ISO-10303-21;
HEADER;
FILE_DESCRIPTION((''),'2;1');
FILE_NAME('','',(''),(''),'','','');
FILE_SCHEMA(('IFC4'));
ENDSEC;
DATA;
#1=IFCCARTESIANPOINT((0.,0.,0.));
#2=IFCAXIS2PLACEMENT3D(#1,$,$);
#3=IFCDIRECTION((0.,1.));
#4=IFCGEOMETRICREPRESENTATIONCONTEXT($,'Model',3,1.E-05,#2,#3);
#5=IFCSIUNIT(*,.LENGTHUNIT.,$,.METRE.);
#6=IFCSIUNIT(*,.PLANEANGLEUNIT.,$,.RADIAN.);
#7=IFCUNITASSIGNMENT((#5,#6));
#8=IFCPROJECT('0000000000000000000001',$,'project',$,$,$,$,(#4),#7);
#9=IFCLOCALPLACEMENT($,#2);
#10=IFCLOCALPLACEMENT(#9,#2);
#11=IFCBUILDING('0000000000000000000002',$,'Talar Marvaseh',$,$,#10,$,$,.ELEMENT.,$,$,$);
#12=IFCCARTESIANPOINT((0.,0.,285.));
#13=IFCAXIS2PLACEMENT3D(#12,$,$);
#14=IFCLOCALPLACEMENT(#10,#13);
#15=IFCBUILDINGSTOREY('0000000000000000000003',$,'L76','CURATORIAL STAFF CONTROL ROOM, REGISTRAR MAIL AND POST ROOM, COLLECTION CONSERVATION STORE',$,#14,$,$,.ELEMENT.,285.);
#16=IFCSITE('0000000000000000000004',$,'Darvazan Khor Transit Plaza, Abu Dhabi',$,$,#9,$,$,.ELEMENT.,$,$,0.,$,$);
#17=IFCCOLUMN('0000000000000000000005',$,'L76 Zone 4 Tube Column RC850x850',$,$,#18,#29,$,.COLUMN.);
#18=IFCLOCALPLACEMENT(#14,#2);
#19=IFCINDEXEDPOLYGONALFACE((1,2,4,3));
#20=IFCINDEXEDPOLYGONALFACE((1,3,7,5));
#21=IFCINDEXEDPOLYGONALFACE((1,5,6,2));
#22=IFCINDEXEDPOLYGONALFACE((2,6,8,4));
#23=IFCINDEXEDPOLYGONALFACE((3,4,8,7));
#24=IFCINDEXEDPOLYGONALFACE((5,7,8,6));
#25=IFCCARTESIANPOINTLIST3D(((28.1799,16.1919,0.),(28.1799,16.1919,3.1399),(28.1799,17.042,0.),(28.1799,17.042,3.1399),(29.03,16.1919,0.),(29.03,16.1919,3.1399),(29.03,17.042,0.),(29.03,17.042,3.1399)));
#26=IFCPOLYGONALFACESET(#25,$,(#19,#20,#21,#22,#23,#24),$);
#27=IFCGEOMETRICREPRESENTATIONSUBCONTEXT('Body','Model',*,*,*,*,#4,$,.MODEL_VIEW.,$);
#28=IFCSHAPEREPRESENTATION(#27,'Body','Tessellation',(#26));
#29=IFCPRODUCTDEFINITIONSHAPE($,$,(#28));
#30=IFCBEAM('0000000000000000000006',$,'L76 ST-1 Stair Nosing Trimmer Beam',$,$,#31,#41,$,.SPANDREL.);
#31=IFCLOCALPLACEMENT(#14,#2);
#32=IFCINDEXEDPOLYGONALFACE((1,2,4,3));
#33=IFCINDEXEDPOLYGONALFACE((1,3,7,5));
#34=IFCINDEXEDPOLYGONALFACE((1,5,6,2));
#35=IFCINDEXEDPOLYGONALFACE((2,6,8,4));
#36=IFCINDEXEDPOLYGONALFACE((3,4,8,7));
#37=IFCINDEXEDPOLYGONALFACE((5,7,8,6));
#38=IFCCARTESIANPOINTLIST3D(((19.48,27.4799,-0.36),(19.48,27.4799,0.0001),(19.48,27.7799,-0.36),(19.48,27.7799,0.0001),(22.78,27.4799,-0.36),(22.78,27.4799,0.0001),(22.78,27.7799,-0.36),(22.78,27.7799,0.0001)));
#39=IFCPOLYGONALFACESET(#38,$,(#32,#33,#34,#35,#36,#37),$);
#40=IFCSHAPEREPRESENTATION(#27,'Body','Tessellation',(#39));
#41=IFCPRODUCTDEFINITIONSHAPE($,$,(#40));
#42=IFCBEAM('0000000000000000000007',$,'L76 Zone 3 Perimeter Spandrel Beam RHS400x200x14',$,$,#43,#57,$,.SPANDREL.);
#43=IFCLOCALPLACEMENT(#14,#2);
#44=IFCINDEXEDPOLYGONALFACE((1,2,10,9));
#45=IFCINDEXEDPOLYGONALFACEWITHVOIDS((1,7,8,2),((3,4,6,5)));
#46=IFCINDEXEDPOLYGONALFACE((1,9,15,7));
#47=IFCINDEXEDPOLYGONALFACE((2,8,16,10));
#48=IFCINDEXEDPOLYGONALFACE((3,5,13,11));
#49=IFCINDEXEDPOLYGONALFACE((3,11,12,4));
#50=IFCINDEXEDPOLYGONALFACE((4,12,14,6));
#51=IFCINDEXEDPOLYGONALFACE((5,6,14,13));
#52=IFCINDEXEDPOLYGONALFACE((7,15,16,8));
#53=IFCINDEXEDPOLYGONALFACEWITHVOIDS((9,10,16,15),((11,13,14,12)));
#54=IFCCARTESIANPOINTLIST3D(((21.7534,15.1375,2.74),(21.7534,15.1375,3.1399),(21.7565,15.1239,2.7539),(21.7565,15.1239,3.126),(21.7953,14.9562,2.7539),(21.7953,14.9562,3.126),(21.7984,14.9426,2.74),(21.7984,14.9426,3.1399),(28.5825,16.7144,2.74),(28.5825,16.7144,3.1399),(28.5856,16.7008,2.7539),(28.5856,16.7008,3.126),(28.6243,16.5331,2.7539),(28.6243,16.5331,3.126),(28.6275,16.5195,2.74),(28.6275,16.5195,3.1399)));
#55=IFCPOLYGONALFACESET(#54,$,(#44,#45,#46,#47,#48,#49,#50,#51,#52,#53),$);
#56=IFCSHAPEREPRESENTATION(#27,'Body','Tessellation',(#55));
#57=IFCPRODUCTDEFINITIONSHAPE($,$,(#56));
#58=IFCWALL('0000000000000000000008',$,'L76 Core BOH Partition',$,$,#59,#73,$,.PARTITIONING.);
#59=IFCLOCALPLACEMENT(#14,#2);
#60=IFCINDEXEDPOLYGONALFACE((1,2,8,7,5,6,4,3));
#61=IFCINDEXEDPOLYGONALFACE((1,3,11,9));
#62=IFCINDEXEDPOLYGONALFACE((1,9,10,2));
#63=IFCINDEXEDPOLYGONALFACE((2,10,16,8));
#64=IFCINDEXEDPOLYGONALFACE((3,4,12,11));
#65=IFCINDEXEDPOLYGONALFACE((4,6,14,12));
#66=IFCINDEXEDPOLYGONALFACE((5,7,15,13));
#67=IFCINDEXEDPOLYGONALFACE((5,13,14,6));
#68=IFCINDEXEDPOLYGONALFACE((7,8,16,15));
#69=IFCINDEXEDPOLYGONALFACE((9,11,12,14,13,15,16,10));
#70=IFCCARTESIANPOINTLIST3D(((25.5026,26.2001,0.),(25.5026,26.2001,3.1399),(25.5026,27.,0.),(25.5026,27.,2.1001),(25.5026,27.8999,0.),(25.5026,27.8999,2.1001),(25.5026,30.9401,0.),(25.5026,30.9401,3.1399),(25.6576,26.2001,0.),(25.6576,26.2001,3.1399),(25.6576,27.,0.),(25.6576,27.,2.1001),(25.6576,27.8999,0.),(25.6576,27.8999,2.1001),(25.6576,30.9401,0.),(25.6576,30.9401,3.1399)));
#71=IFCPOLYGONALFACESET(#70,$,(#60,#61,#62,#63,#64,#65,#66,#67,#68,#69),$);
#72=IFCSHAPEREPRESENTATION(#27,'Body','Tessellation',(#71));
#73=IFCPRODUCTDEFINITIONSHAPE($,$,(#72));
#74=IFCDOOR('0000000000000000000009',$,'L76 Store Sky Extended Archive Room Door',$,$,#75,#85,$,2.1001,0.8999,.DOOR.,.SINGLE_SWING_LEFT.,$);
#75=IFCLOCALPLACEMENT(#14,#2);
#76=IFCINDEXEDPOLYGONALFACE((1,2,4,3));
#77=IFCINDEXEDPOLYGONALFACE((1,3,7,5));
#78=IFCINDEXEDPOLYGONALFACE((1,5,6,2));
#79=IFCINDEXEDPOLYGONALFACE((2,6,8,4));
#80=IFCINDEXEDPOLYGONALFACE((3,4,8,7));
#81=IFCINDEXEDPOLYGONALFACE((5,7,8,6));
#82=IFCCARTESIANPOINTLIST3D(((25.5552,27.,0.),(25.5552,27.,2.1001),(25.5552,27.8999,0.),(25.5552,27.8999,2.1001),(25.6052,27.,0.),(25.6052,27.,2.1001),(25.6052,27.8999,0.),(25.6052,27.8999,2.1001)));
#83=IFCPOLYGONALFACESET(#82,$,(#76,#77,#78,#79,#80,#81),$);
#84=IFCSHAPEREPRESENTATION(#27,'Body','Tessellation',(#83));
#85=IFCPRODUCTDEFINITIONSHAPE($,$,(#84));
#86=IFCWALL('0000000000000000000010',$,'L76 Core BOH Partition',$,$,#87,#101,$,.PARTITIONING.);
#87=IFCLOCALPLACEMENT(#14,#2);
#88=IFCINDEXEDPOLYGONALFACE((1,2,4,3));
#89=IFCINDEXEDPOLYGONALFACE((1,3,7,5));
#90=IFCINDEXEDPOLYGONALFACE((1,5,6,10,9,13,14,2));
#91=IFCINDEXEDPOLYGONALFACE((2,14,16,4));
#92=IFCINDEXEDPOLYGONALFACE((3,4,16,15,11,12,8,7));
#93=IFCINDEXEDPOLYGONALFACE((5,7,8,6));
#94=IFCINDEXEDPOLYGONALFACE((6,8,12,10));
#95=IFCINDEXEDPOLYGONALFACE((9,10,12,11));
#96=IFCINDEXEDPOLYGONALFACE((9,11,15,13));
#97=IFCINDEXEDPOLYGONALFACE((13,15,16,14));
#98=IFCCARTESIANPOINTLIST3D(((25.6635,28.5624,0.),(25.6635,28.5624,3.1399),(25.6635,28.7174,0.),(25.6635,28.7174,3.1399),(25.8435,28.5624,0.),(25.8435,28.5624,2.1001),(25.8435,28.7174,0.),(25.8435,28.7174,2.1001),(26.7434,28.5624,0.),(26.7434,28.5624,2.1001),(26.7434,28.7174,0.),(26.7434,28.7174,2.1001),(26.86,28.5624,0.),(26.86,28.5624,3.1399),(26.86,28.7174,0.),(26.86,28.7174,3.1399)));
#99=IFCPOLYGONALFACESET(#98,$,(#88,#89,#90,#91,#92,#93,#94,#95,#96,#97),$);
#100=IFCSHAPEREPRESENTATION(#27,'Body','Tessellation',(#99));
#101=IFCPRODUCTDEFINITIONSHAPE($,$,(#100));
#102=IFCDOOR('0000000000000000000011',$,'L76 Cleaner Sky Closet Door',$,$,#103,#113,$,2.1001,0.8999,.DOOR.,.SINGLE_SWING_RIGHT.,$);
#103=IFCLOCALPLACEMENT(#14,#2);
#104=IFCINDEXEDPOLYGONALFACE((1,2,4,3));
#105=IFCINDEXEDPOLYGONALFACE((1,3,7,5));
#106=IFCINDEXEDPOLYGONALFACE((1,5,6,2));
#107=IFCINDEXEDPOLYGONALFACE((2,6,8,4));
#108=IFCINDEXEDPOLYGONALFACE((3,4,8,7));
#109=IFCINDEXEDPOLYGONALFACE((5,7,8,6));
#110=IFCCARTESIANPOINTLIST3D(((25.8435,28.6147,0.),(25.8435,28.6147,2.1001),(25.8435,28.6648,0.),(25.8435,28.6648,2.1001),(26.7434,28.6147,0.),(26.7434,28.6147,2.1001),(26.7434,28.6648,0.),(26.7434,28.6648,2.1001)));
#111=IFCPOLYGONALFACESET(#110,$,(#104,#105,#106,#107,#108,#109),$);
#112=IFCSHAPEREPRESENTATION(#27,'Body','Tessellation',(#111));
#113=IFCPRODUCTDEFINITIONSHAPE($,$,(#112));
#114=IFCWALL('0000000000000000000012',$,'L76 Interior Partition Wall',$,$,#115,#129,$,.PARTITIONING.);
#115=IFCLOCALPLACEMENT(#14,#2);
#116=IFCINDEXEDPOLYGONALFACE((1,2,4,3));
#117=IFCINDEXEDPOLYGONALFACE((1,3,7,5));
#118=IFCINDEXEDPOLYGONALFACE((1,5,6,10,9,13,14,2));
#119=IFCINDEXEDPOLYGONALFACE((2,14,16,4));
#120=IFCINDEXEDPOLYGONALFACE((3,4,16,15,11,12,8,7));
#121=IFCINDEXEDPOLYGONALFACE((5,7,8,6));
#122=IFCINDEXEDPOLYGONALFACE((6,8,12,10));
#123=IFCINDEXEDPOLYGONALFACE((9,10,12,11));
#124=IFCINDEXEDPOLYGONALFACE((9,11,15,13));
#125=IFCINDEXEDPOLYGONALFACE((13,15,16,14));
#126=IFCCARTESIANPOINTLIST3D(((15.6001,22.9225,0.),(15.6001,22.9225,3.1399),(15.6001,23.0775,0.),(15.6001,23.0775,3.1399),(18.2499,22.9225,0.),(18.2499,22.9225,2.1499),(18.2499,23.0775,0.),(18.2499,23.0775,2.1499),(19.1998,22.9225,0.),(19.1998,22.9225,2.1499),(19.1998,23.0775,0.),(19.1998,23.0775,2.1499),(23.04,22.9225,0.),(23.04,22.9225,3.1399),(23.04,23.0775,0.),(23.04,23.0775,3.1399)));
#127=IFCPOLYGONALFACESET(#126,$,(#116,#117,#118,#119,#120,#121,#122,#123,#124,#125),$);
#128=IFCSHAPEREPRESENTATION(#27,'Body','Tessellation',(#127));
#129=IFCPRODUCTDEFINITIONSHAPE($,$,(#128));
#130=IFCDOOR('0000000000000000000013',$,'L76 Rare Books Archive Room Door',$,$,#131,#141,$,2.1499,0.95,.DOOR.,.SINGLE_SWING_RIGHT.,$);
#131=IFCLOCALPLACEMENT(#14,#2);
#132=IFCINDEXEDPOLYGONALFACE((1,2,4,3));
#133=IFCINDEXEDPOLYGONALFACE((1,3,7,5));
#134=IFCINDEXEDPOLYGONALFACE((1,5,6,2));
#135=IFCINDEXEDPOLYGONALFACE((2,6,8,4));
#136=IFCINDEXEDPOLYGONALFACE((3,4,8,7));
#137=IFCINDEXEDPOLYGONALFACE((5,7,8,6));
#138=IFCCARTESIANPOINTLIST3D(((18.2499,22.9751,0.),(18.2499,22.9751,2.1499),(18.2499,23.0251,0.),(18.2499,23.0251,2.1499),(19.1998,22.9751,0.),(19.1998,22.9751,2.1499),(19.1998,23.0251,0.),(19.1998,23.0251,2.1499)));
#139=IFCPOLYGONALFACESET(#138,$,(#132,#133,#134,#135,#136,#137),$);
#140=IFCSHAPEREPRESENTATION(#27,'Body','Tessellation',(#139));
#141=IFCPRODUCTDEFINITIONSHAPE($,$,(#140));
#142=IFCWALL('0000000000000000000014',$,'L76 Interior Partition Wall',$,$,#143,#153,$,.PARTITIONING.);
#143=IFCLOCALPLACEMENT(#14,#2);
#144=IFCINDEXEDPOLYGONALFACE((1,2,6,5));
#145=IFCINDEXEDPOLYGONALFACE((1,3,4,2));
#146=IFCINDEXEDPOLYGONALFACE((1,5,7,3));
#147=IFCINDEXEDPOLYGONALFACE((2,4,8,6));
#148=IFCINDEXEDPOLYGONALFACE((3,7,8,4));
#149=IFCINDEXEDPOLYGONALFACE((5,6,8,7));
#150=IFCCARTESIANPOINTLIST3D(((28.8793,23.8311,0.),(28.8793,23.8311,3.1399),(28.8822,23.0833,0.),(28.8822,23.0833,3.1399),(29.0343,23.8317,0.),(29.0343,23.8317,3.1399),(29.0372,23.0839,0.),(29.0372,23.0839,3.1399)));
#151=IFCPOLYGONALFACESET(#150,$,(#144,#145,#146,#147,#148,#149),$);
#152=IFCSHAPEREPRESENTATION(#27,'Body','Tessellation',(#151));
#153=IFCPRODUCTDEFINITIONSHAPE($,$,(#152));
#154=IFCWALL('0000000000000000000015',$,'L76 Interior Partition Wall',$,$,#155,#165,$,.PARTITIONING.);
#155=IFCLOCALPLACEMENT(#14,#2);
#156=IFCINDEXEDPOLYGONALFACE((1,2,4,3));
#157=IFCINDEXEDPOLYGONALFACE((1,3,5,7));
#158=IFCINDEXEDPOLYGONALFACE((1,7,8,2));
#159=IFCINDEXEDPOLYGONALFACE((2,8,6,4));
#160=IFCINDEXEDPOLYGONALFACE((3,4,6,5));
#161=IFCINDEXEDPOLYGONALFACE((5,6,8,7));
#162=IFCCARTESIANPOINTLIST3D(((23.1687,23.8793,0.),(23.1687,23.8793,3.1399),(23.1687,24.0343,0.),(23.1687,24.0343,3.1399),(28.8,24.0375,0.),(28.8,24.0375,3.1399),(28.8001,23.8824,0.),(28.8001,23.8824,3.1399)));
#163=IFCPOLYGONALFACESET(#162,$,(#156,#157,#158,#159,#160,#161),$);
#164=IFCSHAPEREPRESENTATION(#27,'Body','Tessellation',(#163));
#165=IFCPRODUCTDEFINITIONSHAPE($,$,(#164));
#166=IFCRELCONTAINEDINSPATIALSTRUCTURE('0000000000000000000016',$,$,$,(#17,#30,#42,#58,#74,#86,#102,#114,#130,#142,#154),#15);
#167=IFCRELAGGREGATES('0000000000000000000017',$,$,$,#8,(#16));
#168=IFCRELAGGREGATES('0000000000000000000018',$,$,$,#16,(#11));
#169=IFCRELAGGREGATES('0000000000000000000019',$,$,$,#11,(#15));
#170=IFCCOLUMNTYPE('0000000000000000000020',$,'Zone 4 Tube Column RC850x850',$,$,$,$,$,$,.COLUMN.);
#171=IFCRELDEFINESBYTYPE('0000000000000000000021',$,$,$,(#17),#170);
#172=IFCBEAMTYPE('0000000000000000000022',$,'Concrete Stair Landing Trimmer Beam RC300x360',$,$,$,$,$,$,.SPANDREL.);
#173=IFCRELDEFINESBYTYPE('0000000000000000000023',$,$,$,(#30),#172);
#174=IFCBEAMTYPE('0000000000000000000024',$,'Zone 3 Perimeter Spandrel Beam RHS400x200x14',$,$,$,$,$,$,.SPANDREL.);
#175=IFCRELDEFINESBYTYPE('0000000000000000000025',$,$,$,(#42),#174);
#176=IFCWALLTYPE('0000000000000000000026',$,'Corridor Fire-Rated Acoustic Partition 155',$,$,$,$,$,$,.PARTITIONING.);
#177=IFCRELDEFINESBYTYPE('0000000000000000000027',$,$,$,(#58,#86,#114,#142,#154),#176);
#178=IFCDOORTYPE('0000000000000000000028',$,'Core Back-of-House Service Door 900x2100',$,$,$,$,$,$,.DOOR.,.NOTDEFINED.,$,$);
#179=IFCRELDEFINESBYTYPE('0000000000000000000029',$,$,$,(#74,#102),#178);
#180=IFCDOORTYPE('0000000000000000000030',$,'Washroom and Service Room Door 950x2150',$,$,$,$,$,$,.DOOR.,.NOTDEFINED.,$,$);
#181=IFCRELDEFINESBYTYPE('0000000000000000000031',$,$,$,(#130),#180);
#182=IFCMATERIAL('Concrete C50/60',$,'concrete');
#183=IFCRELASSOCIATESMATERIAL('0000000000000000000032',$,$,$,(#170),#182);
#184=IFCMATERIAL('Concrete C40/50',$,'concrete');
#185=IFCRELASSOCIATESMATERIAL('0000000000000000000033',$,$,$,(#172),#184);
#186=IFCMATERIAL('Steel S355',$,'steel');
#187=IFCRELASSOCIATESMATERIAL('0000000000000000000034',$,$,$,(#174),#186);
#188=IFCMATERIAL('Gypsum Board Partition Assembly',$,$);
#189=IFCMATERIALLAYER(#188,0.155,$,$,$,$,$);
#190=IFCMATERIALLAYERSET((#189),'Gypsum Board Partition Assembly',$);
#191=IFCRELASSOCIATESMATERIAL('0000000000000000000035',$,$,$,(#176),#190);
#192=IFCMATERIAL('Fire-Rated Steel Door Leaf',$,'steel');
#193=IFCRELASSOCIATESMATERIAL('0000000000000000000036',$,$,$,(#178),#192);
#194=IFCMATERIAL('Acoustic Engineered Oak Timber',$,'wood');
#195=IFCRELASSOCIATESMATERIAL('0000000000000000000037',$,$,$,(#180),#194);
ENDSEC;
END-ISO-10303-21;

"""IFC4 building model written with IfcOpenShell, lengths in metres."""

from ifc_helpers import new_model, si_unit, direction, frame, frame_2d, origin, origin_2d, place, context, subcontext, project, spatial, rectangle, hollow_rectangle, extrude, source, transform, mapped, material, layer, layer_set, material_profile, profile_set, type_object, type_shapes, element, fill, save


model = new_model("IFC4")

# Units and contexts
model_context = context("Model", 3, precision=1e-05, world=origin(), true_north=direction((0.0, 1.0)))
body_context = subcontext(model_context, "Body", "Model", "MODEL_VIEW")
ifc_project = project(units=[si_unit("LENGTHUNIT", "METRE"), si_unit("PLANEANGLEUNIT", "RADIAN")], contexts=[model_context])

# Site, building, storey
site_placement = place(None, origin())
site = spatial("IfcSite", under=ifc_project, at=site_placement, Name="Darvazan Khor Transit Plaza, Abu Dhabi", CompositionType="ELEMENT", RefElevation=0.0)
building_placement = place(site_placement, origin())
building = spatial("IfcBuilding", under=site, at=building_placement, Name="Talar Marvaseh", CompositionType="ELEMENT")
storey_placement = place(building_placement, frame((0.0, 0.0, 285.0)))
storey = spatial("IfcBuildingStorey", under=building, at=storey_placement, Name="L76", Description="CURATORIAL STAFF CONTROL ROOM, REGISTRAR MAIL AND POST ROOM, COLLECTION CONSERVATION STORE", CompositionType="ELEMENT", Elevation=285.0)

# Column
ifc_material_1 = material(Name="Concrete C50/60", Category="concrete")
ifc_material_profile_1 = material_profile(ifc_material_1, rectangle(XDim=0.8501, YDim=0.8501, at=origin_2d()), Name="RC850x850")
ifc_profile_set_1 = profile_set([ifc_material_profile_1], Name="Concrete C50/60")
column_type = type_object("IfcColumnType", Name="Zone 4 Tube Column RC850x850", PredefinedType="COLUMN", material=ifc_profile_set_1)
column_placement = place(storey_placement, frame((28.605, 16.6169, 0.0), z_axis=(0.0, 0.0, 1.0), x_axis=(1.0, 0.0, 0.0)))
element("IfcColumn", 1, at=column_placement, inside=storey, type_object=column_type, Name="L76 Zone 4 Tube Column RC850x850", PredefinedType="COLUMN", context=body_context, shape_type="SweptSolid", body=[
    extrude(rectangle(XDim=0.8501, YDim=0.8501, at=origin_2d()), origin(), (0.0, 0.0, 1.0), 3.1399),
])

# Beams
ifc_material_2 = material(Name="Concrete C40/50", Category="concrete")
ifc_material_profile_2 = material_profile(ifc_material_2, rectangle(XDim=0.3, YDim=0.3601, at=origin_2d()), Name="RC300x360")
ifc_profile_set_2 = profile_set([ifc_material_profile_2], Name="Concrete C40/50")
beam_type_1 = type_object("IfcBeamType", Name="Concrete Stair Landing Trimmer Beam RC300x360", PredefinedType="SPANDREL", material=ifc_profile_set_2)
beam_1_placement = place(storey_placement, frame((22.78, 27.6299, -0.1799), z_axis=(-1.0, 0.0, 0.0), x_axis=(0.0, -1.0, 0.0)))
element("IfcBeam", 2, at=beam_1_placement, inside=storey, type_object=beam_type_1, Name="L76 ST-1 Stair Nosing Trimmer Beam", PredefinedType="SPANDREL", context=body_context, shape_type="SweptSolid", body=[
    extrude(rectangle(XDim=0.3, YDim=0.3601, at=origin_2d()), origin(), (0.0, 0.0, 1.0), 3.3),
])
ifc_material_3 = material(Name="Steel S355", Category="steel")
ifc_material_profile_3 = material_profile(ifc_material_3, hollow_rectangle(XDim=0.2, YDim=0.3999, WallThickness=0.0139, at=origin_2d()), Name="RHS400x200x14")
ifc_profile_set_3 = profile_set([ifc_material_profile_3], Name="Steel S355")
beam_type_2 = type_object("IfcBeamType", Name="Zone 3 Perimeter Spandrel Beam RHS400x200x14", PredefinedType="SPANDREL", material=ifc_profile_set_3)
beam_2_placement = place(storey_placement, frame((28.605, 16.6169, 2.9399), z_axis=(-0.974361, -0.224989, 0.0), x_axis=(0.224989, -0.974361, 0.0)))
element("IfcBeam", 3, at=beam_2_placement, inside=storey, type_object=beam_type_2, Name="L76 Zone 3 Perimeter Spandrel Beam RHS400x200x14", PredefinedType="SPANDREL", context=body_context, shape_type="SweptSolid", body=[
    extrude(hollow_rectangle(XDim=0.2, YDim=0.3999, WallThickness=0.0139, at=origin_2d()), origin(), (0.0, 0.0, 1.0), 7.0088),
])

# Walls, openings, doors
ifc_material_4 = material(Name="Gypsum Board Partition Assembly")
ifc_layer_1 = layer(ifc_material_4, 0.155)
ifc_layer_set_1 = layer_set([ifc_layer_1], Name="Gypsum Board Partition Assembly")
wall_type_1 = type_object("IfcWallType", Name="Corridor Fire-Rated Acoustic Partition 155", PredefinedType="PARTITIONING", material=ifc_layer_set_1)
wall_1_placement = place(storey_placement, frame((25.5801, 26.2, 0.0), z_axis=(0.0, 0.0, 1.0), x_axis=(0.0, 1.0, 0.0)))
wall_1 = element("IfcWall", 4, at=wall_1_placement, inside=storey, type_object=wall_type_1, Name="L76 Core BOH Partition", PredefinedType="PARTITIONING", context=body_context, shape_type="SweptSolid", body=[
    extrude(rectangle(XDim=4.74, YDim=0.155, at=frame_2d((2.3701, 0.0))), origin(), (0.0, 0.0, 1.0), 3.1399),
])
opening_1_placement = place(wall_1_placement, frame((0.8, 0.0, 0.0)))
opening_1 = element("IfcOpeningElement", 5, at=opening_1_placement, cuts=wall_1, PredefinedType="OPENING", context=body_context, shape_type="SweptSolid", body=[
    extrude(rectangle(XDim=0.8999, YDim=2.1001, at=frame_2d((0.45, 1.05))), frame((0.0, 0.0874, 0.0), z_axis=(0.0, -1.0, 0.0), x_axis=(1.0, 0.0, 0.0)), (0.0, 0.0, 1.0), 0.175),
])
ifc_material_5 = material(Name="Fire-Rated Steel Door Leaf", Category="steel")
door_type_1 = type_object("IfcDoorType", Name="Core Back-of-House Service Door 900x2100", OperationType="NOTDEFINED", PredefinedType="DOOR", material=ifc_material_5)
shared_shape_1 = source(origin(), body_context, "Body", "SweptSolid", [
    extrude(rectangle(XDim=0.8999, YDim=2.1001, at=frame_2d((0.45, 1.05))), frame((0.0, 0.0249, 0.0), z_axis=(0.0, -1.0, 0.0), x_axis=(1.0, 0.0, 0.0)), (0.0, 0.0, 1.0), 0.05),
])
type_shapes(door_type_1, [shared_shape_1])
door_1_placement = place(opening_1_placement, origin())
door_1 = element("IfcDoor", 6, at=door_1_placement, inside=storey, type_object=door_type_1, Name="L76 Store Sky Extended Archive Room Door", OperationType="SINGLE_SWING_LEFT", OverallHeight=2.1001, OverallWidth=0.8999, PredefinedType="DOOR", context=body_context, shape_type="MappedRepresentation", body=[
    mapped(shared_shape_1, transform((0.0, 0.0, 0.0), x_axis=(1.0, 0.0, 0.0), y_axis=(0.0, 1.0, 0.0), z_axis=(0.0, 0.0, 1.0), scale=1.0)),
])
fill(opening_1, door_1)
wall_2_placement = place(storey_placement, frame((25.6636, 28.6399, 0.0), z_axis=(0.0, 0.0, 1.0), x_axis=(1.0, 0.0, 0.0)))
wall_2 = element("IfcWall", 7, at=wall_2_placement, inside=storey, type_object=wall_type_1, Name="L76 Core BOH Partition", PredefinedType="PARTITIONING", context=body_context, shape_type="SweptSolid", body=[
    extrude(rectangle(XDim=1.1965, YDim=0.155, at=frame_2d((0.5981, 0.0))), origin(), (0.0, 0.0, 1.0), 3.1399),
])
opening_2_placement = place(wall_2_placement, frame((0.1799, 0.0, 0.0)))
opening_2 = element("IfcOpeningElement", 8, at=opening_2_placement, cuts=wall_2, PredefinedType="OPENING", context=body_context, shape_type="SweptSolid", body=[
    extrude(rectangle(XDim=0.8999, YDim=2.1001, at=frame_2d((0.45, 1.05))), frame((0.0, 0.0874, 0.0), z_axis=(0.0, -1.0, 0.0), x_axis=(1.0, 0.0, 0.0)), (0.0, 0.0, 1.0), 0.175),
])
door_2_placement = place(opening_2_placement, origin())
door_2 = element("IfcDoor", 9, at=door_2_placement, inside=storey, type_object=door_type_1, Name="L76 Cleaner Sky Closet Door", OperationType="SINGLE_SWING_RIGHT", OverallHeight=2.1001, OverallWidth=0.8999, PredefinedType="DOOR", context=body_context, shape_type="MappedRepresentation", body=[
    mapped(shared_shape_1, transform((0.0, 0.0, 0.0), x_axis=(1.0, 0.0, 0.0), y_axis=(0.0, 1.0, 0.0), z_axis=(0.0, 0.0, 1.0), scale=1.0)),
])
fill(opening_2, door_2)
wall_3_placement = place(storey_placement, frame((23.04, 23.0, 0.0), z_axis=(0.0, 0.0, 1.0), x_axis=(-1.0, 0.0, 0.0)))
wall_3 = element("IfcWall", 10, at=wall_3_placement, inside=storey, type_object=wall_type_1, Name="L76 Interior Partition Wall", PredefinedType="PARTITIONING", context=body_context, shape_type="SweptSolid", body=[
    extrude(rectangle(XDim=7.4399, YDim=0.155, at=frame_2d((3.72, 0.0))), origin(), (0.0, 0.0, 1.0), 3.1399),
])
opening_3_placement = place(wall_3_placement, frame((3.8401, 0.0, 0.0)))
opening_3 = element("IfcOpeningElement", 11, at=opening_3_placement, cuts=wall_3, PredefinedType="OPENING", context=body_context, shape_type="SweptSolid", body=[
    extrude(rectangle(XDim=0.95, YDim=2.1499, at=frame_2d((0.4751, 1.075))), frame((0.0, 0.0874, 0.0), z_axis=(0.0, -1.0, 0.0), x_axis=(1.0, 0.0, 0.0)), (0.0, 0.0, 1.0), 0.175),
])
ifc_material_6 = material(Name="Acoustic Engineered Oak Timber", Category="wood")
door_type_2 = type_object("IfcDoorType", Name="Washroom and Service Room Door 950x2150", OperationType="NOTDEFINED", PredefinedType="DOOR", material=ifc_material_6)
shared_shape_2 = source(origin(), body_context, "Body", "SweptSolid", [
    extrude(rectangle(XDim=0.95, YDim=2.1499, at=frame_2d((0.4751, 1.075))), frame((0.0, 0.0249, 0.0), z_axis=(0.0, -1.0, 0.0), x_axis=(1.0, 0.0, 0.0)), (0.0, 0.0, 1.0), 0.05),
])
type_shapes(door_type_2, [shared_shape_2])
door_3_placement = place(opening_3_placement, origin())
door_3 = element("IfcDoor", 12, at=door_3_placement, inside=storey, type_object=door_type_2, Name="L76 Rare Books Archive Room Door", OperationType="SINGLE_SWING_RIGHT", OverallHeight=2.1499, OverallWidth=0.95, PredefinedType="DOOR", context=body_context, shape_type="MappedRepresentation", body=[
    mapped(shared_shape_2, transform((0.0, 0.0, 0.0), x_axis=(1.0, 0.0, 0.0), y_axis=(0.0, 1.0, 0.0), z_axis=(0.0, 0.0, 1.0), scale=1.0)),
])
fill(opening_3, door_3)

# Walls
wall_4_placement = place(storey_placement, frame((28.9597, 23.0835, 0.0), z_axis=(0.0, 0.0, 1.0), x_axis=(-0.003918, 0.999992, 0.0)))
element("IfcWall", 13, at=wall_4_placement, inside=storey, type_object=wall_type_1, Name="L76 Interior Partition Wall", PredefinedType="PARTITIONING", context=body_context, shape_type="SweptSolid", body=[
    extrude(rectangle(XDim=0.7478, YDim=0.155, at=frame_2d((0.374, 0.0))), origin(), (0.0, 0.0, 1.0), 3.1399),
])
wall_5_placement = place(storey_placement, frame((28.8, 23.96, 0.0), z_axis=(0.0, 0.0, 1.0), x_axis=(-1.0, -0.000564, 0.0)))
element("IfcWall", 14, at=wall_5_placement, inside=storey, type_object=wall_type_1, Name="L76 Interior Partition Wall", PredefinedType="PARTITIONING", context=body_context, shape_type="SweptSolid", body=[
    extrude(rectangle(XDim=5.6313, YDim=0.155, at=frame_2d((2.8157, 0.0))), origin(), (0.0, 0.0, 1.0), 3.1399),
])

save(model, "model.ifc")
